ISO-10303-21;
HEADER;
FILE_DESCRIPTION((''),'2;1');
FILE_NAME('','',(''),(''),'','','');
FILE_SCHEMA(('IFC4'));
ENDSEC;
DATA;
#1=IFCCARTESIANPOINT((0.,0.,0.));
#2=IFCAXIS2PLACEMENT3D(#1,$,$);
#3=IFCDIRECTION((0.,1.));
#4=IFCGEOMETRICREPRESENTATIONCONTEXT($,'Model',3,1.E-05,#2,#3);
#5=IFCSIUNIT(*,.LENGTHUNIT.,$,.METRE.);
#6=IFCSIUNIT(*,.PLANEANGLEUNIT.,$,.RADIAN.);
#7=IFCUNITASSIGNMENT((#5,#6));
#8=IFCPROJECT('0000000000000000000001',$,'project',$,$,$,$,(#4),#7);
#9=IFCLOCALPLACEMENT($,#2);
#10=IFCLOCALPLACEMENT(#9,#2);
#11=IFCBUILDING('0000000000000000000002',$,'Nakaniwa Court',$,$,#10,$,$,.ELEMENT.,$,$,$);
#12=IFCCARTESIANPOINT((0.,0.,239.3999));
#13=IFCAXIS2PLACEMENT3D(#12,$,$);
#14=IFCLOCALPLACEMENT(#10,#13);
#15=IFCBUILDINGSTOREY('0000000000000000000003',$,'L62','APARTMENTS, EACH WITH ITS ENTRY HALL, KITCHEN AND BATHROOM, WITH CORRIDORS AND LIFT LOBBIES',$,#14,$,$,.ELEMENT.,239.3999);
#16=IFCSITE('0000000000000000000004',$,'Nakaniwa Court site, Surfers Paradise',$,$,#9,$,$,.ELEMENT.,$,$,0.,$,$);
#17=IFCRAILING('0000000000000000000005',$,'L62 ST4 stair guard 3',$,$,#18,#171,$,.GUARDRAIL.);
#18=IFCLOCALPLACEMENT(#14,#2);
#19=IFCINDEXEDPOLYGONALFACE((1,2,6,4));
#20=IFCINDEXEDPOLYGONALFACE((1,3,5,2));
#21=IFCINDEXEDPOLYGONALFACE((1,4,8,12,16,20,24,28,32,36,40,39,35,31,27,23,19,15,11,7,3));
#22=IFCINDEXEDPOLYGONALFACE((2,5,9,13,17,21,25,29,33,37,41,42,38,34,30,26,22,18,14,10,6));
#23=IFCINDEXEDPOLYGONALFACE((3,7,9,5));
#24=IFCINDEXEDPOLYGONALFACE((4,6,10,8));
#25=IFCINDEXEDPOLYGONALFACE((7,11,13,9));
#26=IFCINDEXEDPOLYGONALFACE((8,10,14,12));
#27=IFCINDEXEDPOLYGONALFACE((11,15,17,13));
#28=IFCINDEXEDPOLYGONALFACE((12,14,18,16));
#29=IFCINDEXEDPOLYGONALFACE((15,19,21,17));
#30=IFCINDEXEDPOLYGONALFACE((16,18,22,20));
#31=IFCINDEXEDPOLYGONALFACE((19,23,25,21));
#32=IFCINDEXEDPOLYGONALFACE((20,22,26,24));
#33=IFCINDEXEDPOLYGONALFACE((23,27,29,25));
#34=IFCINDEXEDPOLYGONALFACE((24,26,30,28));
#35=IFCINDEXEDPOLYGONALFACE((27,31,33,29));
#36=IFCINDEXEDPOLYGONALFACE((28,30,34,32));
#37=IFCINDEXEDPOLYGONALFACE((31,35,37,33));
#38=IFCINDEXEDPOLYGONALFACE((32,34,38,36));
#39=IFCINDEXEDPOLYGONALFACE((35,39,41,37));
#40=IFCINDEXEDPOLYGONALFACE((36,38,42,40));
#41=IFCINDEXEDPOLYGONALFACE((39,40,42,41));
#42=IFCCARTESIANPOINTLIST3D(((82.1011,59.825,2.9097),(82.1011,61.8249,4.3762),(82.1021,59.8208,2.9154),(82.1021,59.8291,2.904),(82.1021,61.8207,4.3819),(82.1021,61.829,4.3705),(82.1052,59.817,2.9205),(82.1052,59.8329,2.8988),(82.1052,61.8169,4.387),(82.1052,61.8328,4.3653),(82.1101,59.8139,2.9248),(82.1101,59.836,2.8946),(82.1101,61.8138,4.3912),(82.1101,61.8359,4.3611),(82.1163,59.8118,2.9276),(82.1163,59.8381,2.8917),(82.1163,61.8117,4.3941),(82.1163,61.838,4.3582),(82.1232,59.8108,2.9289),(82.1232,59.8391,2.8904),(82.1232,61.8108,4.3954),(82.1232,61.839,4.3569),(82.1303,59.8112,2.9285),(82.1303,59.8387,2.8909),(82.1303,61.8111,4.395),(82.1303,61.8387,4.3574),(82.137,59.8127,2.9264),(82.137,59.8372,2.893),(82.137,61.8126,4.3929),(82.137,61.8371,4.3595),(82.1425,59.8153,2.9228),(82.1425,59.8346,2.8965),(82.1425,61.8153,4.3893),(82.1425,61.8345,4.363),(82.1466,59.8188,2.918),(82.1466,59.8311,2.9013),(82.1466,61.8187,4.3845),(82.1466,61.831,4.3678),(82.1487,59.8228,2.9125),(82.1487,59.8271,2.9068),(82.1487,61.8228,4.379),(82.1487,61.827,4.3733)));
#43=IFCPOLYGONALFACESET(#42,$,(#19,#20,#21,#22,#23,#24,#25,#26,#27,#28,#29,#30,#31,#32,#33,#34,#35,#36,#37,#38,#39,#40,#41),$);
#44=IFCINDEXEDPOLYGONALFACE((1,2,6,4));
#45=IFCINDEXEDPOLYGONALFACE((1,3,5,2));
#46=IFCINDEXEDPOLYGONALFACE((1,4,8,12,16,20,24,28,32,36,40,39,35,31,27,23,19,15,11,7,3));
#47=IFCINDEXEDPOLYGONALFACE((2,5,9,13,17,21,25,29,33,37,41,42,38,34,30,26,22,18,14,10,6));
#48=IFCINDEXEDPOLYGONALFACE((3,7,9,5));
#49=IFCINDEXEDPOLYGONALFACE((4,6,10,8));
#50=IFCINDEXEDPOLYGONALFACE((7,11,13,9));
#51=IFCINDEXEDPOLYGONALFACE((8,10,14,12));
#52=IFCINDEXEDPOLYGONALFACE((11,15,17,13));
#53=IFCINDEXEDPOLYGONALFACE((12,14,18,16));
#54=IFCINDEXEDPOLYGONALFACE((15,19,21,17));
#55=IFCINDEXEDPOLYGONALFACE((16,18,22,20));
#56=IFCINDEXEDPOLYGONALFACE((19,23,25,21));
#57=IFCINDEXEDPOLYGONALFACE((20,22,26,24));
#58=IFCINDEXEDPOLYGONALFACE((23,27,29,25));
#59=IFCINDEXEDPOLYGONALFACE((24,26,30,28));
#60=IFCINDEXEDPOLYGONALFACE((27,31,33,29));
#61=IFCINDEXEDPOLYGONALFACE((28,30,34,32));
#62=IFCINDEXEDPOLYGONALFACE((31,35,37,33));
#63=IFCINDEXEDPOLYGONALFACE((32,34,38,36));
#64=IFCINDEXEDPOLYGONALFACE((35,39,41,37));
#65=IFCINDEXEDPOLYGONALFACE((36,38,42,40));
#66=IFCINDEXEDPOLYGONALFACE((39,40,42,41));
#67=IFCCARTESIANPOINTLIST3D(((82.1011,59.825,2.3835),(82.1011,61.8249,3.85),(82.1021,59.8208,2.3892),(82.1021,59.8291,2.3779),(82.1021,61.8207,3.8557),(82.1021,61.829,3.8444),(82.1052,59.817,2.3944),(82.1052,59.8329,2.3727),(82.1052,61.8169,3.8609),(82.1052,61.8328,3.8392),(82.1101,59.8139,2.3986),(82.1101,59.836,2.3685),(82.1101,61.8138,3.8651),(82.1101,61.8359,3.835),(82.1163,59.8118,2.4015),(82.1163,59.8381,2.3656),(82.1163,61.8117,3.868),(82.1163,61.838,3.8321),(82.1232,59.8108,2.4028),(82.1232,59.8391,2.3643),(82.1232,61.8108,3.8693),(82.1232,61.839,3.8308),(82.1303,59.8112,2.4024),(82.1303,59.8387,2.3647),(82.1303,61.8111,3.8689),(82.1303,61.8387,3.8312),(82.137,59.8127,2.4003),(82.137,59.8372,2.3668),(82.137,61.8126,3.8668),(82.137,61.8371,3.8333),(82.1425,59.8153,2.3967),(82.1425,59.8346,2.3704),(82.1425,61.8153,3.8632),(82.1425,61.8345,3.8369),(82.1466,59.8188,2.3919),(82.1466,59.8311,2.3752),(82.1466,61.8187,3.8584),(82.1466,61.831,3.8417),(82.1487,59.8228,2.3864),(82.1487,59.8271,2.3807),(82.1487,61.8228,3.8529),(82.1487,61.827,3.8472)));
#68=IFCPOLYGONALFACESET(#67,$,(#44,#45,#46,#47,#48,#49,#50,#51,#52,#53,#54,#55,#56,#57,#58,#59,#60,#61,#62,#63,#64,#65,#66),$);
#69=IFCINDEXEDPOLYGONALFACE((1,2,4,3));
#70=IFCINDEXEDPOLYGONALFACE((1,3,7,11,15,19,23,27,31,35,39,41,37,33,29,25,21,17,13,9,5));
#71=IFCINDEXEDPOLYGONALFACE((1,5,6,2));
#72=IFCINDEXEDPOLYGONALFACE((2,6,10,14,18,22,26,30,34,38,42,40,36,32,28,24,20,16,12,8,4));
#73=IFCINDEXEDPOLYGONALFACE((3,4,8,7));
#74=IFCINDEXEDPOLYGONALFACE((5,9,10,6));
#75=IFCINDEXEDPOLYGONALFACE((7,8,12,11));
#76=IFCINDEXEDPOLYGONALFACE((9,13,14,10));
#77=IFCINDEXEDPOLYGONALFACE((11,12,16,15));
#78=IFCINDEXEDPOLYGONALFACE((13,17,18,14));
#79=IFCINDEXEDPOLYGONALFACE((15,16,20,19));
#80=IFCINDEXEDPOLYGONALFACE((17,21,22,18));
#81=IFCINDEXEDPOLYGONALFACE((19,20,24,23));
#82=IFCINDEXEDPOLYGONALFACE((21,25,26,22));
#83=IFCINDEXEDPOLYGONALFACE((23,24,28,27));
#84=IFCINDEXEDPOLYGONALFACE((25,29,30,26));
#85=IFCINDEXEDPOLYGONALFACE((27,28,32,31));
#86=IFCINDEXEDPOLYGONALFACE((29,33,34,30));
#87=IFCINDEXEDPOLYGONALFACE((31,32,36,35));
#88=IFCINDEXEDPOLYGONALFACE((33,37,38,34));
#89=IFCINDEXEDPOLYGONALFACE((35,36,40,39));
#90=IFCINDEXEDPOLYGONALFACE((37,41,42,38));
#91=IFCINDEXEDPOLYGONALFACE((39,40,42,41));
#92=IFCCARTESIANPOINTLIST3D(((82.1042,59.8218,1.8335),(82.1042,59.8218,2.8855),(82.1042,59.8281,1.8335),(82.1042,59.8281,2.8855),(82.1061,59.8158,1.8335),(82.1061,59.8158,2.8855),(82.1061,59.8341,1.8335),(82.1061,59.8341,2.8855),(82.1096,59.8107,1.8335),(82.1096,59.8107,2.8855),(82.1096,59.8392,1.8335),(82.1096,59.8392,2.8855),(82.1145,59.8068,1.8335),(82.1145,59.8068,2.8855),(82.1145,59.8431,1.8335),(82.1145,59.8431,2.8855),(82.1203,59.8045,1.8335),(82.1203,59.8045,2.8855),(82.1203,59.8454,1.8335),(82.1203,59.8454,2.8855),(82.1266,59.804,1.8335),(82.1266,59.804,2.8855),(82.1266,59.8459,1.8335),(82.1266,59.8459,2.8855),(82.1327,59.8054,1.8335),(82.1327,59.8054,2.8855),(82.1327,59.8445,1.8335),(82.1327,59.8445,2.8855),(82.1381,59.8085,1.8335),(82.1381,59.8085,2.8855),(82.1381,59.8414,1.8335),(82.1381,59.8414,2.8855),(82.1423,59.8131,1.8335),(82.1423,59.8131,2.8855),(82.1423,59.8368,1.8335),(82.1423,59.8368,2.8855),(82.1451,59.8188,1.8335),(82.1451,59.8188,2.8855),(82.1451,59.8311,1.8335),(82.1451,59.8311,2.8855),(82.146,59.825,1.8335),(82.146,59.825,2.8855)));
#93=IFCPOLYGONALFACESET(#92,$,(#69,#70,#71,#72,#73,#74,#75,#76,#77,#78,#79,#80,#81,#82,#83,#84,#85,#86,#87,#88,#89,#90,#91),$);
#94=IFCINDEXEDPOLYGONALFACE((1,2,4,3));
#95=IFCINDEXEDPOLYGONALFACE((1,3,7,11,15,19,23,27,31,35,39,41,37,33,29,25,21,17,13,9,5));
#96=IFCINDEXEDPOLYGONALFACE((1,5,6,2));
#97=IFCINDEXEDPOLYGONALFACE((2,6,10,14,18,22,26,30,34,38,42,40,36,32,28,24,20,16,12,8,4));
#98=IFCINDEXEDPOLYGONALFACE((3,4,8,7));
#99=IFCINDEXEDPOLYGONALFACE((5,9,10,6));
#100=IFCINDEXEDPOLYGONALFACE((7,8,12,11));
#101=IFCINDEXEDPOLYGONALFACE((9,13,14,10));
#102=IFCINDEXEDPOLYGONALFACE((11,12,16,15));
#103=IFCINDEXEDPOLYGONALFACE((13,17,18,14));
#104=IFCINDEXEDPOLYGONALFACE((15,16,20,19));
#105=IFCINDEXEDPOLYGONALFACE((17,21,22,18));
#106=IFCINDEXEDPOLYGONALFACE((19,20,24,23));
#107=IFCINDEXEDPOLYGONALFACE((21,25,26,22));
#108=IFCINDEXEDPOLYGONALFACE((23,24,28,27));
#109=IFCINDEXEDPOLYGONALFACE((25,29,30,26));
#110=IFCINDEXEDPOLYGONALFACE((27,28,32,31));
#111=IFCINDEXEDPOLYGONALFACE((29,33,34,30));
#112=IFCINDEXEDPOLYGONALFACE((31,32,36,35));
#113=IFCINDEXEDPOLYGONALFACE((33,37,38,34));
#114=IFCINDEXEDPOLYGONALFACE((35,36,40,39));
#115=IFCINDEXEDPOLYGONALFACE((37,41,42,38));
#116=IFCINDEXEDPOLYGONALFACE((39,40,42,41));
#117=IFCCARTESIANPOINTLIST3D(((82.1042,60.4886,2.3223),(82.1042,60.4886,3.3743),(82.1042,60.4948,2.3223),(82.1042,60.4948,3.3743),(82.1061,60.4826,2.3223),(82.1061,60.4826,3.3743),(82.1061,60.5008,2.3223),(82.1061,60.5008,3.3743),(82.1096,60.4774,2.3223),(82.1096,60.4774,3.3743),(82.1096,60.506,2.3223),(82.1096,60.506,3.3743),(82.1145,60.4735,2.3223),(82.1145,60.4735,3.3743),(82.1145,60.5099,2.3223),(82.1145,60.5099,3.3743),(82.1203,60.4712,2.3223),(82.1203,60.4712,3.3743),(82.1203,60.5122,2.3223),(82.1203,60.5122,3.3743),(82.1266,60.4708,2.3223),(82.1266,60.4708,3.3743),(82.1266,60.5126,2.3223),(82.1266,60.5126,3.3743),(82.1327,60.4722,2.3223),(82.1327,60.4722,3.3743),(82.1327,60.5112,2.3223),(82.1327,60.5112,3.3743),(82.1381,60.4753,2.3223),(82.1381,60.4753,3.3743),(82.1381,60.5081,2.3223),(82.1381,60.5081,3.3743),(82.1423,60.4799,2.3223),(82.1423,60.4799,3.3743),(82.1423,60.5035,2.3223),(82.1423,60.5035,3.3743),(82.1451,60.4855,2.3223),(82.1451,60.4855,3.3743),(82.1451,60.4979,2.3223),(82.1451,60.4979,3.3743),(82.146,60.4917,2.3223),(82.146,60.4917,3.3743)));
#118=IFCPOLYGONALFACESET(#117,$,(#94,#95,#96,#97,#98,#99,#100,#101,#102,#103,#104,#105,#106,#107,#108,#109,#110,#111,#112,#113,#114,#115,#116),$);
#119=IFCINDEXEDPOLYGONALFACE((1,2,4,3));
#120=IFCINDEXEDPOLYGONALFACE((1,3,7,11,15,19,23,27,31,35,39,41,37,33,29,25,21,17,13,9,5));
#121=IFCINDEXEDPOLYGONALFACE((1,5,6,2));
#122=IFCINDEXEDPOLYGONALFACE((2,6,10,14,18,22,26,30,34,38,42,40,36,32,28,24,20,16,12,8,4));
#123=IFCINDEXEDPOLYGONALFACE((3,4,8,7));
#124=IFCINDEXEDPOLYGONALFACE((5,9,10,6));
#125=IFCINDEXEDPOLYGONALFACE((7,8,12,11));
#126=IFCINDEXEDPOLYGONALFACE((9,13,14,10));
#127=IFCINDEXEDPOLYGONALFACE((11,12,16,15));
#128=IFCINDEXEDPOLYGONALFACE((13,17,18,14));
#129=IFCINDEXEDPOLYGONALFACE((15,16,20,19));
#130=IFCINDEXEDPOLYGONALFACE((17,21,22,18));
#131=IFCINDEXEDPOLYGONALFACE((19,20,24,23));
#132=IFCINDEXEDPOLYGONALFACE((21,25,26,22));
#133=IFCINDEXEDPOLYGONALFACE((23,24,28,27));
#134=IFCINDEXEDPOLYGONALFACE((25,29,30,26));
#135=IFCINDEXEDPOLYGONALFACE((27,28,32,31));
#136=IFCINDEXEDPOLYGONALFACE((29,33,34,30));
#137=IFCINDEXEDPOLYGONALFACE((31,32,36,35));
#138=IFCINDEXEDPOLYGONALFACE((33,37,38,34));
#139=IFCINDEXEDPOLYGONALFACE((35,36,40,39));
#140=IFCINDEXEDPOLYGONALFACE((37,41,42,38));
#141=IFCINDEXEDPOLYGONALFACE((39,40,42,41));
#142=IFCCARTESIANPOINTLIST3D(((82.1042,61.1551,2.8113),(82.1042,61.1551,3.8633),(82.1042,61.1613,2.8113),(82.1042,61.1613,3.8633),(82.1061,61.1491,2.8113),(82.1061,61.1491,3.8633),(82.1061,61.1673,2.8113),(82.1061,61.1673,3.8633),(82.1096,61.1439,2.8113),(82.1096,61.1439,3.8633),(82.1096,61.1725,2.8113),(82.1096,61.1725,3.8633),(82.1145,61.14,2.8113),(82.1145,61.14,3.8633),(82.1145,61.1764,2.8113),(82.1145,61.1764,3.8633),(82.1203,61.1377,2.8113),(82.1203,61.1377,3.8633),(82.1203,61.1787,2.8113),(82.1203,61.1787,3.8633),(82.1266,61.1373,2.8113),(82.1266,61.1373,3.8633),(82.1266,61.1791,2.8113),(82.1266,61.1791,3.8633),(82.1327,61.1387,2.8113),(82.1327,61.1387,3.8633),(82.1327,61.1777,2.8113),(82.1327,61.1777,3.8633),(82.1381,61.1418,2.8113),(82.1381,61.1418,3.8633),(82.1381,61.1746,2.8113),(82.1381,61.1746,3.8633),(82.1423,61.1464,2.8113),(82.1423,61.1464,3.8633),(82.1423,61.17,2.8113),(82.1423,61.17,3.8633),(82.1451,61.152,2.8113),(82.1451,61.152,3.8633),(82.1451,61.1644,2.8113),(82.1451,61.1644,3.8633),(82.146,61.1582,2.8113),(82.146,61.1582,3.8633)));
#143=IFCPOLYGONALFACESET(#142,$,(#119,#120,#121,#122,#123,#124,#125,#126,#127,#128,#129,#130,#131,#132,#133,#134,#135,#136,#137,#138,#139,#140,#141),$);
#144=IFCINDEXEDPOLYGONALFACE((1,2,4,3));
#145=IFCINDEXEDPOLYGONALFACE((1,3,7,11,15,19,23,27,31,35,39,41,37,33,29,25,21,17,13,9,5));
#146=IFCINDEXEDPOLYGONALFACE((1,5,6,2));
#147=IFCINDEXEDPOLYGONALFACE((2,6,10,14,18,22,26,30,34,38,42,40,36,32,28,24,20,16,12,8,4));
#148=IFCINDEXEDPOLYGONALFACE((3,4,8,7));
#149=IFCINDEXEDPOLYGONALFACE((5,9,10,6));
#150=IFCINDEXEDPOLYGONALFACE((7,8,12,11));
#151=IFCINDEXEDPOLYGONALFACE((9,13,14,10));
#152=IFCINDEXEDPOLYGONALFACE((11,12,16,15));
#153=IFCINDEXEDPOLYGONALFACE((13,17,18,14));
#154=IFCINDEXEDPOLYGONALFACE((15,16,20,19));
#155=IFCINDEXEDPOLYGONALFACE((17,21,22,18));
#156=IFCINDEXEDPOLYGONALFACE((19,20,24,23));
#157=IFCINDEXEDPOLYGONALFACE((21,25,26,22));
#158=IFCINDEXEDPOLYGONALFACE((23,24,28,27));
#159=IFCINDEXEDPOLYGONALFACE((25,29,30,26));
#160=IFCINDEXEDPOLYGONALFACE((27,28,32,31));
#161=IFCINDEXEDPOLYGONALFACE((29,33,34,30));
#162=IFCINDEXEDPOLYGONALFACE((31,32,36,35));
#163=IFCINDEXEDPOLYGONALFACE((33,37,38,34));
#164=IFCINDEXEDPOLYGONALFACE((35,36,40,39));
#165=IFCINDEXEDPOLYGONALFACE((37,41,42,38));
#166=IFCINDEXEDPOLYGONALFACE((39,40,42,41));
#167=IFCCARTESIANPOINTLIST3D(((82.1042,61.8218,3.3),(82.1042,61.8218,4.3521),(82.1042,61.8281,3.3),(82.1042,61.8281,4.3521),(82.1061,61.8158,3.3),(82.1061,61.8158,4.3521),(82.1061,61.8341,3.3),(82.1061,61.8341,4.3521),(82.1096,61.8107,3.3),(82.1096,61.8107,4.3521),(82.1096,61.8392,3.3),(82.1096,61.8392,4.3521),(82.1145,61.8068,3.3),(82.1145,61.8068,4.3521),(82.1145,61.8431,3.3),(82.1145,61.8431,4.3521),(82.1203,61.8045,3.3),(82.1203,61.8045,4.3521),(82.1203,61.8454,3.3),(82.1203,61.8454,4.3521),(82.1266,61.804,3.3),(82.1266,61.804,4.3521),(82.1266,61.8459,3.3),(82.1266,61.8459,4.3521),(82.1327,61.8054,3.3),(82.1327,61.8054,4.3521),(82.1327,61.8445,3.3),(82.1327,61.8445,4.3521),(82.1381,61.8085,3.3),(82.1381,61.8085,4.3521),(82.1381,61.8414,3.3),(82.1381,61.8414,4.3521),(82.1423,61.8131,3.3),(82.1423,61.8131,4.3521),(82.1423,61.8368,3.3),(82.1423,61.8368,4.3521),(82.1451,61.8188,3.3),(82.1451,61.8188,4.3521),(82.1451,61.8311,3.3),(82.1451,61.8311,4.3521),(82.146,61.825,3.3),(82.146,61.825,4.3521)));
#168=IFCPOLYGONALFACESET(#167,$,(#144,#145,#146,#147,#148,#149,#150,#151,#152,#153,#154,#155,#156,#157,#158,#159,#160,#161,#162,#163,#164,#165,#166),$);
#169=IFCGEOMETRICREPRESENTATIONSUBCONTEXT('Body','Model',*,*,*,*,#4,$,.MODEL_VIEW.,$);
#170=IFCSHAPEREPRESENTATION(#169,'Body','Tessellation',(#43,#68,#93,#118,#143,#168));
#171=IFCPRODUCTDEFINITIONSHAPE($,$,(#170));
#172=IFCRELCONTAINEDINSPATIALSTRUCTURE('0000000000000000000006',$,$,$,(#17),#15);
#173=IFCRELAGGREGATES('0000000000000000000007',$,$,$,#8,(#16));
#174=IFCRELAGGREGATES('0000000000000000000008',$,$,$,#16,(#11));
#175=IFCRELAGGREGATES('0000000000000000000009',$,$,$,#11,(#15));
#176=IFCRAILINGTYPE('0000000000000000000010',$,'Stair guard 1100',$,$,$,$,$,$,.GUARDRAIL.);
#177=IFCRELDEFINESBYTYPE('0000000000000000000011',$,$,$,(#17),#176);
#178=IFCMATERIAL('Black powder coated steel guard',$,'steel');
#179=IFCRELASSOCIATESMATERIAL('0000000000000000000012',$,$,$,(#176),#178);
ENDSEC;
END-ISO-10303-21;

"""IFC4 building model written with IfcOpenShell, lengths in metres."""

from ifc_helpers import new_model, si_unit, direction, frame, origin, origin_2d, place, context, subcontext, project, spatial, circle, extrude, material, type_object, element, save


model = new_model("IFC4")

# Units and contexts
model_context = context("Model", 3, precision=1e-05, world=origin(), true_north=direction((0.0, 1.0)))
body_context = subcontext(model_context, "Body", "Model", "MODEL_VIEW")
ifc_project = project(units=[si_unit("LENGTHUNIT", "METRE"), si_unit("PLANEANGLEUNIT", "RADIAN")], contexts=[model_context])

# Site, building, storey
site_placement = place(None, origin())
site = spatial("IfcSite", under=ifc_project, at=site_placement, Name="Nakaniwa Court site, Surfers Paradise", CompositionType="ELEMENT", RefElevation=0.0)
building_placement = place(site_placement, origin())
building = spatial("IfcBuilding", under=site, at=building_placement, Name="Nakaniwa Court", CompositionType="ELEMENT")
storey_placement = place(building_placement, frame((0.0, 0.0, 239.3999)))
storey = spatial("IfcBuildingStorey", under=building, at=storey_placement, Name="L62", Description="APARTMENTS, EACH WITH ITS ENTRY HALL, KITCHEN AND BATHROOM, WITH CORRIDORS AND LIFT LOBBIES", CompositionType="ELEMENT", Elevation=239.3999)

# Railing
ifc_material_1 = material(Name="Black powder coated steel guard", Category="steel")
railing_type_1 = type_object("IfcRailingType", Name="Stair guard 1100", PredefinedType="GUARDRAIL", material=ifc_material_1)
railing_1_placement = place(storey_placement, frame((82.125, 59.825, 1.8335)))
element("IfcRailing", 1, at=railing_1_placement, inside=storey, type_object=railing_type_1, Name="L62 ST4 stair guard 3", PredefinedType="GUARDRAIL", context=body_context, shape_type="SweptSolid", body=[
    extrude(circle(Radius=0.0239, at=origin_2d()), frame((0.0, 0.0, 1.0762), z_axis=(0.0, 0.806427, 0.591334), x_axis=(-1.0, 0.0, 0.0)), (0.0, 0.0, 1.0), 2.48),
    extrude(circle(Radius=0.0239, at=origin_2d()), frame((0.0, 0.0, 0.55), z_axis=(0.0, 0.806427, 0.591334), x_axis=(-1.0, 0.0, 0.0)), (0.0, 0.0, 1.0), 2.48),
    extrude(circle(Radius=0.021, at=origin_2d()), origin(), (0.0, 0.0, 1.0), 1.052),
    extrude(circle(Radius=0.021, at=origin_2d()), frame((0.0, 0.6667, 0.4888)), (0.0, 0.0, 1.0), 1.052),
    extrude(circle(Radius=0.021, at=origin_2d()), frame((0.0, 1.3333, 0.9778)), (0.0, 0.0, 1.0), 1.052),
    extrude(circle(Radius=0.021, at=origin_2d()), frame((0.0, 2.0, 1.4666)), (0.0, 0.0, 1.0), 1.052),
])

save(model, "model.ifc")
